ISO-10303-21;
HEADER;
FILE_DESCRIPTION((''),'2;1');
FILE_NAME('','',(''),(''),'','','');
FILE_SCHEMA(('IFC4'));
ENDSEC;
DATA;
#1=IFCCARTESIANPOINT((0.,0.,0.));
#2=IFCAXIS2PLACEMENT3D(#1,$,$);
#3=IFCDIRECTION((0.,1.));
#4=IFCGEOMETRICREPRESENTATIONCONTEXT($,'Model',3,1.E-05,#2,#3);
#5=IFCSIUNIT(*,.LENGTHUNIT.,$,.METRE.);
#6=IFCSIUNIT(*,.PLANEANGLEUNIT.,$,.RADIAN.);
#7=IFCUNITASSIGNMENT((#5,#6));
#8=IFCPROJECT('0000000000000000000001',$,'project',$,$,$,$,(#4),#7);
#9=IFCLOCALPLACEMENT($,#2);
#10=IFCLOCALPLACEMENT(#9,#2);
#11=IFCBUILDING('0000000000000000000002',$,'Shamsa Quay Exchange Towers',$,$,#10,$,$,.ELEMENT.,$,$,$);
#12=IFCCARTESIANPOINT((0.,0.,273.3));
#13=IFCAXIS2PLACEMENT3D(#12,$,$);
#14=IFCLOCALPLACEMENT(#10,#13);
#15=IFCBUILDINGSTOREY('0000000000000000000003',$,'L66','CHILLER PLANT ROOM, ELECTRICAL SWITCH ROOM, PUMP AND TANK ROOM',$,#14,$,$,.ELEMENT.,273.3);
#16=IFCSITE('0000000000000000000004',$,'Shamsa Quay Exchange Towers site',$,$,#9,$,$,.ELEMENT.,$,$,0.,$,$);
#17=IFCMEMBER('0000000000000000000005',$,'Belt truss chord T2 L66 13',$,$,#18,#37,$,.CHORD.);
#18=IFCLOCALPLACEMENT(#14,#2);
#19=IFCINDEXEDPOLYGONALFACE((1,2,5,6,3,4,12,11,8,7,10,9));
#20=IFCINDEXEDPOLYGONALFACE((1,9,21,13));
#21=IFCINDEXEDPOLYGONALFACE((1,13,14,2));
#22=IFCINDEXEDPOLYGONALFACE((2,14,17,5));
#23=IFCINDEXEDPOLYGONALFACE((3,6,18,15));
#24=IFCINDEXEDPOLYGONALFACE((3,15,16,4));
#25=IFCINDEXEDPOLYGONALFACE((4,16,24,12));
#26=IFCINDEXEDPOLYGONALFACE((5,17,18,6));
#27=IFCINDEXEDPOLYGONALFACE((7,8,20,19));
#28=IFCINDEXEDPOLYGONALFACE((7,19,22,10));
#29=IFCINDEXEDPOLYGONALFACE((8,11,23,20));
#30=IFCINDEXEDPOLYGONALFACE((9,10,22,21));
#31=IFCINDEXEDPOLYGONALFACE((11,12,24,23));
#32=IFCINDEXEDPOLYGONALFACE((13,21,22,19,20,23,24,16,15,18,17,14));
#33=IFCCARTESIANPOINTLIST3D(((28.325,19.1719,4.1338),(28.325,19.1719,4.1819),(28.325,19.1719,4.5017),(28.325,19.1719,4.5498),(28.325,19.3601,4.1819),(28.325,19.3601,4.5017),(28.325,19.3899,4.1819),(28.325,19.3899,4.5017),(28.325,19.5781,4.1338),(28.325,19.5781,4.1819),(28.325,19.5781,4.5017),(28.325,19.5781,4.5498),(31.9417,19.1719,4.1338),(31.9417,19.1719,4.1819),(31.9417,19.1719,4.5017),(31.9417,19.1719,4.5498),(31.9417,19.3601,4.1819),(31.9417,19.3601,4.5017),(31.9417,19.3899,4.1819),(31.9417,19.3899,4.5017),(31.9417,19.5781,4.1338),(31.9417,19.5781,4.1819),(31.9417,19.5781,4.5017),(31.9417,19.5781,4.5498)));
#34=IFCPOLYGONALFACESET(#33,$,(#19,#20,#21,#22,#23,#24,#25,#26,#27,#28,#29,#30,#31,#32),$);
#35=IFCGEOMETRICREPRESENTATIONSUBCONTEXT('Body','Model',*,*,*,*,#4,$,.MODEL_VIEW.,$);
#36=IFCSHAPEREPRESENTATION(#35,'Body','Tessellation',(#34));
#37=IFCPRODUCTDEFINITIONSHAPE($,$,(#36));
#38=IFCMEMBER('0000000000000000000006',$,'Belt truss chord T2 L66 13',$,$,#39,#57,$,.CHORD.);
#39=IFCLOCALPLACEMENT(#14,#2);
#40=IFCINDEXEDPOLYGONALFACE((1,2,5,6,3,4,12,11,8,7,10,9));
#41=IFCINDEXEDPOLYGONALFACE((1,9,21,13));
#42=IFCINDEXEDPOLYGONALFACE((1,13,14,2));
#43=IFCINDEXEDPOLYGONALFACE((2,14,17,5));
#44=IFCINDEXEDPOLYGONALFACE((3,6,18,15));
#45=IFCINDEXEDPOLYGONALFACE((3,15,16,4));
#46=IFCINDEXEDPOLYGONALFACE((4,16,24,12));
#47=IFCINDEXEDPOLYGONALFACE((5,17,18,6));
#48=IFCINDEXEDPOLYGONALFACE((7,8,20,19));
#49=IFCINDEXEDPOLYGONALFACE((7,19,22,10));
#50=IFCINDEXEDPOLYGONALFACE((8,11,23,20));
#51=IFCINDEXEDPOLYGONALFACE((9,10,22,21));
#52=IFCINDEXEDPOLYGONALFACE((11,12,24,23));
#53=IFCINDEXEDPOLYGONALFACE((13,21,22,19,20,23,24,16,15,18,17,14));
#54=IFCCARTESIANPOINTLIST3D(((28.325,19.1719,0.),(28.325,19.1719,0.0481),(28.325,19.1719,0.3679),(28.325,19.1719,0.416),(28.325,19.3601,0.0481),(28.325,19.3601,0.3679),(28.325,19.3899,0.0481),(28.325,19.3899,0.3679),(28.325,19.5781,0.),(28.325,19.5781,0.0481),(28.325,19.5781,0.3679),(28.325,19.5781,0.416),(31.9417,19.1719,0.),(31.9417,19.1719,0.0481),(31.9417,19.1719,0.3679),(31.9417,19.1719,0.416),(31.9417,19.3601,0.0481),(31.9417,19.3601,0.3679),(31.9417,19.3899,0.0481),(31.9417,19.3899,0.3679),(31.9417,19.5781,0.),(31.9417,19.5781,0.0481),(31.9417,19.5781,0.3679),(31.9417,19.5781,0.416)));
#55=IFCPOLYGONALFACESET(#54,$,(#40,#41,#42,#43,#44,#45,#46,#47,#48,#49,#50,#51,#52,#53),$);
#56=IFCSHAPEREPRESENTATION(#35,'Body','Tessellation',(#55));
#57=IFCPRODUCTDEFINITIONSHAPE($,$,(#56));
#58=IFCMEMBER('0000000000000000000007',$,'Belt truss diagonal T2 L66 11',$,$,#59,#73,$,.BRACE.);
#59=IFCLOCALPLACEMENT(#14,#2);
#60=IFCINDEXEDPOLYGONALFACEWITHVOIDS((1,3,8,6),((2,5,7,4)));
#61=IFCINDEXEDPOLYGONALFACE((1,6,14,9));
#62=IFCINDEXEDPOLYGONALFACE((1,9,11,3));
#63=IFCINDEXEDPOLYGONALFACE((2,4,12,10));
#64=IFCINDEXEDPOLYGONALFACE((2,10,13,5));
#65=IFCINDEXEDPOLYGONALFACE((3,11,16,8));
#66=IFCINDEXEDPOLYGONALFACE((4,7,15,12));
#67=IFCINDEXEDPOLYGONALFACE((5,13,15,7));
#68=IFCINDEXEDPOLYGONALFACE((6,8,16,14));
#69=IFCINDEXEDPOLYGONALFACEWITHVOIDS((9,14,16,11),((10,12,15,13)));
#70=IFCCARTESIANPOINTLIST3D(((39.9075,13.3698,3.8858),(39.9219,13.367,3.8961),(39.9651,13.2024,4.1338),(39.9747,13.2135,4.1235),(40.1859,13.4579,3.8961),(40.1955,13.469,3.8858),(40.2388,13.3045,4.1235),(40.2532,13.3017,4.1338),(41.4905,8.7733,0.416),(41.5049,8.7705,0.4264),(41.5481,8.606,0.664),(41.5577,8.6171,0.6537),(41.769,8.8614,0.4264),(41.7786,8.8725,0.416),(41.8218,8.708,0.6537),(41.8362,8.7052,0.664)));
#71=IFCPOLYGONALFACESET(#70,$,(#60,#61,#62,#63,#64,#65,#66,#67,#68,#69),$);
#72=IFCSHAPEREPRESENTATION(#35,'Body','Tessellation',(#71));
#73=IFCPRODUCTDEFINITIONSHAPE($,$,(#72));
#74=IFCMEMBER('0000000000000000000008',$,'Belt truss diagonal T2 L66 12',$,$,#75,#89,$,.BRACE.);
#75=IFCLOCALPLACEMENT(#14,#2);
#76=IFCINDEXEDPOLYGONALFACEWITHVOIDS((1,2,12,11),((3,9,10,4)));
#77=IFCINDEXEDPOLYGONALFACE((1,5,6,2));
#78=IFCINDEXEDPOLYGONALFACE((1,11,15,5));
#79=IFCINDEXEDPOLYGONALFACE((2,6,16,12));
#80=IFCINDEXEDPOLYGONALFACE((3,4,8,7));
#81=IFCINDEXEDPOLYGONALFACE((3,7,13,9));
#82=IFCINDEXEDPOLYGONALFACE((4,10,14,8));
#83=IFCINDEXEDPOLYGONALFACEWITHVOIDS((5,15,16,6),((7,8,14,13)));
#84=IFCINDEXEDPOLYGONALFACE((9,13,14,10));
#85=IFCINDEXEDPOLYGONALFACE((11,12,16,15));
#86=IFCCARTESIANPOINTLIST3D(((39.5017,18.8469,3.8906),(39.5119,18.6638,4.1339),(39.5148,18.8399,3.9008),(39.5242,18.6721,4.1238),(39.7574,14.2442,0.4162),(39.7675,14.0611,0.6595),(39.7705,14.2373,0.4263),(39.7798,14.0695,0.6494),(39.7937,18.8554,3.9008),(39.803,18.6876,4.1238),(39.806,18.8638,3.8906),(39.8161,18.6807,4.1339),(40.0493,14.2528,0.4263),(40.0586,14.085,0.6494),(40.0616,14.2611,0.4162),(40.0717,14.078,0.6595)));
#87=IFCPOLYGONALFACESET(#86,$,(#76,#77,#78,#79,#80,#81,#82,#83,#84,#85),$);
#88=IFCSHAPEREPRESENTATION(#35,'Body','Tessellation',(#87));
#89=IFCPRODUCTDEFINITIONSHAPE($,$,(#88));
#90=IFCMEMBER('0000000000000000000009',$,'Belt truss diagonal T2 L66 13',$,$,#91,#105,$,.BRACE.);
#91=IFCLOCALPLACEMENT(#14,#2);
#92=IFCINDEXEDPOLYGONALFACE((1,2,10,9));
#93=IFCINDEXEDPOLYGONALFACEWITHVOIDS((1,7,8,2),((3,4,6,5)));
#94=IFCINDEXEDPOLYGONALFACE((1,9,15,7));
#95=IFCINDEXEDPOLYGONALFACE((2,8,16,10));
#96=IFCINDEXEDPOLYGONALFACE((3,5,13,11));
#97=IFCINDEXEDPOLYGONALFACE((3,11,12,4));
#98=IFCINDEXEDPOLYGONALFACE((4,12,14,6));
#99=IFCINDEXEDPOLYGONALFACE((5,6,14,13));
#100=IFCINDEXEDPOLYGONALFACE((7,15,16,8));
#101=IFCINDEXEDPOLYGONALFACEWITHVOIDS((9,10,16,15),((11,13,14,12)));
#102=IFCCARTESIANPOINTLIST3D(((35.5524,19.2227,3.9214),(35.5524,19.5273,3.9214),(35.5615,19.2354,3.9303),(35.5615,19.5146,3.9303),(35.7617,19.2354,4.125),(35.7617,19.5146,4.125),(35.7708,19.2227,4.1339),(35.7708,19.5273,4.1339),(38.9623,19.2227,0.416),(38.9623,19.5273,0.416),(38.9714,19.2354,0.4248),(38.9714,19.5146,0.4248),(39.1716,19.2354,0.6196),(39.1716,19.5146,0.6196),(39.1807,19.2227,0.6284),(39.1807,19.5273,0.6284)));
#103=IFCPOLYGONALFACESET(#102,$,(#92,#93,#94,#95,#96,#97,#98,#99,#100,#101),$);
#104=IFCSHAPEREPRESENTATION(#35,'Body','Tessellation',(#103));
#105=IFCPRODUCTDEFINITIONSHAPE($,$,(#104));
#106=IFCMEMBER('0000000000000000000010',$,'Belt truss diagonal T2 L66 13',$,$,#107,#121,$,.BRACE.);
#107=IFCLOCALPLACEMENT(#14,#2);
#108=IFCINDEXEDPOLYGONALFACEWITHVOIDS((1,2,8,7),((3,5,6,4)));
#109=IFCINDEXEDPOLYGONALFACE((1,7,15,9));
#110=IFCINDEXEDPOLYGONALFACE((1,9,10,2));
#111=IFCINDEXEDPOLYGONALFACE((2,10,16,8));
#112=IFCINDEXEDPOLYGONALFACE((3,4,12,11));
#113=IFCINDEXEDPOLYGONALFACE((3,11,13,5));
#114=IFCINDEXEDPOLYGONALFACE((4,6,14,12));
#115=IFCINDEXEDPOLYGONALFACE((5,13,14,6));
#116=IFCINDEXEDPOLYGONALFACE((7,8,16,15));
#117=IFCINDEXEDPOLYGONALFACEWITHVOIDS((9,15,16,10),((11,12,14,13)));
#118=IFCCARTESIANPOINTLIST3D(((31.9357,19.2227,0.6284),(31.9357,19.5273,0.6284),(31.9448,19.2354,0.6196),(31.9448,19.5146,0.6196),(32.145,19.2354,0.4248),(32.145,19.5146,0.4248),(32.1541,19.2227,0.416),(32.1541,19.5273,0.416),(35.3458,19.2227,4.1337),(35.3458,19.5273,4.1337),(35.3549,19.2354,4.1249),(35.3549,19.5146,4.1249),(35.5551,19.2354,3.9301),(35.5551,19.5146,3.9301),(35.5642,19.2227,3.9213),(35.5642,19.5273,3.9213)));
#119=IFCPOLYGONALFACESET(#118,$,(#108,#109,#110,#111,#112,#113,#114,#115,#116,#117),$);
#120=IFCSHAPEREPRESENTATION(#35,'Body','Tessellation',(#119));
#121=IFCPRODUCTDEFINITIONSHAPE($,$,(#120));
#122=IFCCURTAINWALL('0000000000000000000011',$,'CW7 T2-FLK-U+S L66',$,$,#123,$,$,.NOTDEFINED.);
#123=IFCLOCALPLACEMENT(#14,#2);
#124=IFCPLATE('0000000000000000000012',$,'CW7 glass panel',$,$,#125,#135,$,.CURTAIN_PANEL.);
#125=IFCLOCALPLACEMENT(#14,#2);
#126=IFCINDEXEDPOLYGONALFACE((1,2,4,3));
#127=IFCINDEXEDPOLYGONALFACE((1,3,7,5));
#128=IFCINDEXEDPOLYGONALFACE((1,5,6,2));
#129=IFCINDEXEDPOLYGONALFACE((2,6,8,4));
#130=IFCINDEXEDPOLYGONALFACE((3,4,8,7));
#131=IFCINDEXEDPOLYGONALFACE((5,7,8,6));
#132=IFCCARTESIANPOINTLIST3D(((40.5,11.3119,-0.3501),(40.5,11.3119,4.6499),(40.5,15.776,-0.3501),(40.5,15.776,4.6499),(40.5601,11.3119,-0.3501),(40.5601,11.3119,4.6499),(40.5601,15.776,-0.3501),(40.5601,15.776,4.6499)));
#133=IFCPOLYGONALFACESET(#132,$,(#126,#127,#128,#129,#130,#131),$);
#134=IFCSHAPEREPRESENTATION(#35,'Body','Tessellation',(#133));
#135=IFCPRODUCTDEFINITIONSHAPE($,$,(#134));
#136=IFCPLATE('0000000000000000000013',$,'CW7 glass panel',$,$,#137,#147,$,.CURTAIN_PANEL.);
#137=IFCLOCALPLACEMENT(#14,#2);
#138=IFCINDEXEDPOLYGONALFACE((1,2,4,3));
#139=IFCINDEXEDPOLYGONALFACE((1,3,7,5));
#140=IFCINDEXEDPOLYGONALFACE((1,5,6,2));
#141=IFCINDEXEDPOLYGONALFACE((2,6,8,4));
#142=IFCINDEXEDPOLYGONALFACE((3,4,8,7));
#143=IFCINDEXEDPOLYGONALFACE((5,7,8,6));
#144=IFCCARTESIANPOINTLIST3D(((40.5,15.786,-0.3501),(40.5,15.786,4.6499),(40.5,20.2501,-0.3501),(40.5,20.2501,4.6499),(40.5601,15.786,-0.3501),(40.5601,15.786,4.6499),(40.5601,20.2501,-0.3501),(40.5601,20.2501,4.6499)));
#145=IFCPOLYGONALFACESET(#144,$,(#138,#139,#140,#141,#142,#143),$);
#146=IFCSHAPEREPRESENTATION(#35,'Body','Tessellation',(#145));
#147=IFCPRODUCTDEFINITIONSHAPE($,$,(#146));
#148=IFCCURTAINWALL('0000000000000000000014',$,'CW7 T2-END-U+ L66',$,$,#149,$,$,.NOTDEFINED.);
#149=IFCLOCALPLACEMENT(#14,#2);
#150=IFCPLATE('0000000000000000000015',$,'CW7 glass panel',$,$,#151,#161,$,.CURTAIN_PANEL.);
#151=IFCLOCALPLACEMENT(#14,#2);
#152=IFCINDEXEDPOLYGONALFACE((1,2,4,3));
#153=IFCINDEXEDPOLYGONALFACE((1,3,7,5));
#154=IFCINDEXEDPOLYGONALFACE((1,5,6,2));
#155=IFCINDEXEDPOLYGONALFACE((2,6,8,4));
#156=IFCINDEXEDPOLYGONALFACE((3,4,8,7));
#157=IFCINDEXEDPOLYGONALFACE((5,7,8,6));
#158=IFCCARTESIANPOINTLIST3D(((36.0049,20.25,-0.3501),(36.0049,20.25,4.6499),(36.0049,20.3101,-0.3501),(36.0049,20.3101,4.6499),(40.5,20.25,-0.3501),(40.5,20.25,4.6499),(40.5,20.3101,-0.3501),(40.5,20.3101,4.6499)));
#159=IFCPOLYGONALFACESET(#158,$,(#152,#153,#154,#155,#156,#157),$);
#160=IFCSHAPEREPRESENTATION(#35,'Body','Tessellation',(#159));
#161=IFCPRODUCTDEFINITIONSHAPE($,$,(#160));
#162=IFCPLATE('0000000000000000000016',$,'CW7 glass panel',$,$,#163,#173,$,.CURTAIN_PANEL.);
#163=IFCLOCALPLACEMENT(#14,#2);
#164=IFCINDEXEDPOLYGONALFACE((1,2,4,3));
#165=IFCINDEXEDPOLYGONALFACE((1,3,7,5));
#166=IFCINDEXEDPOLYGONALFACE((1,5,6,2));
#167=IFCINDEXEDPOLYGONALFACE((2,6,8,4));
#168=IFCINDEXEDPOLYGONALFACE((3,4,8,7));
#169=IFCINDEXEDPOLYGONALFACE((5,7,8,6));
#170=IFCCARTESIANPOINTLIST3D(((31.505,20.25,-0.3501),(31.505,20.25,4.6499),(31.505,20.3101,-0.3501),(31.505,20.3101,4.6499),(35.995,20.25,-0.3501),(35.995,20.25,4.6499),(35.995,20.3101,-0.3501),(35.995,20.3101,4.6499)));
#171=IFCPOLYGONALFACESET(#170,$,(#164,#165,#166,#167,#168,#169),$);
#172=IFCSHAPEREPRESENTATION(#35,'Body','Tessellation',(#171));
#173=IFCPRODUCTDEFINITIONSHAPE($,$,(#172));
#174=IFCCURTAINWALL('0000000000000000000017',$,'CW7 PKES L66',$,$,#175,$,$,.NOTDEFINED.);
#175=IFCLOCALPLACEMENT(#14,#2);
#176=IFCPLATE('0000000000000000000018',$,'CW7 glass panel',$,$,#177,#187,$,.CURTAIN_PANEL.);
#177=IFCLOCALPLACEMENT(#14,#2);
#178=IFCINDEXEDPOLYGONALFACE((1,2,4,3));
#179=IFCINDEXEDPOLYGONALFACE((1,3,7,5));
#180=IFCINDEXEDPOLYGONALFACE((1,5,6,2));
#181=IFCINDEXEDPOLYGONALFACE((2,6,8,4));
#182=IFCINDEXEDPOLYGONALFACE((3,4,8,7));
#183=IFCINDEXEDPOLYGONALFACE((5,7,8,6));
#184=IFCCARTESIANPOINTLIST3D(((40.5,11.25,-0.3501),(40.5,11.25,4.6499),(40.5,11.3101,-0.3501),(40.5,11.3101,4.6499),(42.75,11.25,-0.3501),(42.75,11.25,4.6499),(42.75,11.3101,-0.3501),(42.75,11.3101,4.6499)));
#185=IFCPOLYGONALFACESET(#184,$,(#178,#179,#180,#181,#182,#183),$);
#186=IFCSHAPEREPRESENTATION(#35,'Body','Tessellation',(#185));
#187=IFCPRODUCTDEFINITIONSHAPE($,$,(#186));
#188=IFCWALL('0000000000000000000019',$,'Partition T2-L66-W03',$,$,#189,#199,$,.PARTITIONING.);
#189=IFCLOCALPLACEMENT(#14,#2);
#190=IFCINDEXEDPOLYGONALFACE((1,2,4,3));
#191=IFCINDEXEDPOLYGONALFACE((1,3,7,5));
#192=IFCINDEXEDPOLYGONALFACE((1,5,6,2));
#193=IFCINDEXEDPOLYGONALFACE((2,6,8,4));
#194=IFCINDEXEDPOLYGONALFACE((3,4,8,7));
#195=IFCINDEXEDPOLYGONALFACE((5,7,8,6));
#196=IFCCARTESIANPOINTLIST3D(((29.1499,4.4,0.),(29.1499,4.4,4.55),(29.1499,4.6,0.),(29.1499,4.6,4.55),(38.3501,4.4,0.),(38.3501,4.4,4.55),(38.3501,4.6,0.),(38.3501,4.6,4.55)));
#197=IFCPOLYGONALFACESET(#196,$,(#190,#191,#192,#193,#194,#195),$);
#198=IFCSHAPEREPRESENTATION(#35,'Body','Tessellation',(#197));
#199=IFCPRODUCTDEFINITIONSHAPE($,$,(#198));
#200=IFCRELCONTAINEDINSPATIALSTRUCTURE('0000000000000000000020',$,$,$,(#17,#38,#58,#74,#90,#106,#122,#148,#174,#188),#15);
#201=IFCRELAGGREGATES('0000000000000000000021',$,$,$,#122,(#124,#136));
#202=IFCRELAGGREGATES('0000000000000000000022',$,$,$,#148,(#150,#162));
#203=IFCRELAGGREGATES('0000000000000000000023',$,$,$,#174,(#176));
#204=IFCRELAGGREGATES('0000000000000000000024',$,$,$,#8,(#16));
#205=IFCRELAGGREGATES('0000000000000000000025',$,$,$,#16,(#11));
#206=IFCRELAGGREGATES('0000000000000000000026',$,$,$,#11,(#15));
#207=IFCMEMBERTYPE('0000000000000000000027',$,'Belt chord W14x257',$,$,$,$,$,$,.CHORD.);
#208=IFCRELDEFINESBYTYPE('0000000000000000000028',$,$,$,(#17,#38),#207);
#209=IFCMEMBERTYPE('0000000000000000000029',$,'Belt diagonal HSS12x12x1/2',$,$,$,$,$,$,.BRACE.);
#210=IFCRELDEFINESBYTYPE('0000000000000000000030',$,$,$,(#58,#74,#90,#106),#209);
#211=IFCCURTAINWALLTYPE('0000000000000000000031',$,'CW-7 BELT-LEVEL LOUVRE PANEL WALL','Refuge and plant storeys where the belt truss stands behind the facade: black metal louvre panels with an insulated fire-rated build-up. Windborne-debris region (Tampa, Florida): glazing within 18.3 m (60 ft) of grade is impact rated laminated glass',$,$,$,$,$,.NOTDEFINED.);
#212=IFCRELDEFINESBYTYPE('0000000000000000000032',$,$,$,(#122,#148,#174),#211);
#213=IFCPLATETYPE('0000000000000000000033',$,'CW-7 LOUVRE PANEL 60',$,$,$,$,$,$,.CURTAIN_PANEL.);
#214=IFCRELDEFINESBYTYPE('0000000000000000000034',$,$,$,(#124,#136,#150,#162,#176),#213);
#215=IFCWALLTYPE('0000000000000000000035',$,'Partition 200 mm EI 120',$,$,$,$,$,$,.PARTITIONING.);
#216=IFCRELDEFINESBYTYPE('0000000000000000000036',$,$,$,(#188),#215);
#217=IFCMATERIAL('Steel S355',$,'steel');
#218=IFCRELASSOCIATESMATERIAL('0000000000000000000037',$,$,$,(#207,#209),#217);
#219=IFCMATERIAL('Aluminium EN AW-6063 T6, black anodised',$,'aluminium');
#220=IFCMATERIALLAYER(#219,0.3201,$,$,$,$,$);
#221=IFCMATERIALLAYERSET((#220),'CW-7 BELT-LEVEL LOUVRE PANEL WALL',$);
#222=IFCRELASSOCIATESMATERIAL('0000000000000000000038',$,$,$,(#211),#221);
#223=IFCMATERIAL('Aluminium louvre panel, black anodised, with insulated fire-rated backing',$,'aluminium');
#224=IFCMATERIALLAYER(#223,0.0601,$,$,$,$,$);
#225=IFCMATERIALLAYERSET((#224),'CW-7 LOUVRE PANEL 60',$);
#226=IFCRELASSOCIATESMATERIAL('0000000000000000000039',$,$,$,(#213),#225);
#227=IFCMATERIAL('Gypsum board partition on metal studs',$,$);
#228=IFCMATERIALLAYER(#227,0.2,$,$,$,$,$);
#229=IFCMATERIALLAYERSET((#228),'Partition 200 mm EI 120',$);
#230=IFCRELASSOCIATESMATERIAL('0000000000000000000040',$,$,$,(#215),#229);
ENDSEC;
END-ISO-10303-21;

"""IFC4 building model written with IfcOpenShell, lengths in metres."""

from ifc_helpers import new_model, si_unit, direction, frame, frame_2d, origin, origin_2d, place, context, subcontext, project, spatial, rectangle, hollow_rectangle, i_section, extrude, material, layer, layer_set, material_profile, profile_set, type_object, element, aggregate, save


model = new_model("IFC4")

# Units and contexts
model_context = context("Model", 3, precision=1e-05, world=origin(), true_north=direction((0.0, 1.0)))
body_context = subcontext(model_context, "Body", "Model", "MODEL_VIEW")
ifc_project = project(units=[si_unit("LENGTHUNIT", "METRE"), si_unit("PLANEANGLEUNIT", "RADIAN")], contexts=[model_context])

# Site, building, storey
site_placement = place(None, origin())
site = spatial("IfcSite", under=ifc_project, at=site_placement, Name="Shamsa Quay Exchange Towers site", CompositionType="ELEMENT", RefElevation=0.0)
building_placement = place(site_placement, origin())
building = spatial("IfcBuilding", under=site, at=building_placement, Name="Shamsa Quay Exchange Towers", CompositionType="ELEMENT")
storey_placement = place(building_placement, frame((0.0, 0.0, 273.3)))
storey = spatial("IfcBuildingStorey", under=building, at=storey_placement, Name="L66", Description="CHILLER PLANT ROOM, ELECTRICAL SWITCH ROOM, PUMP AND TANK ROOM", CompositionType="ELEMENT", Elevation=273.3)

# Members
ifc_material_1 = material(Name="Steel S355", Category="steel")
ifc_material_profile_1 = material_profile(ifc_material_1, i_section(OverallWidth=0.4062, OverallDepth=0.416, WebThickness=0.0298, FlangeThickness=0.0481, at=origin_2d()), Name="W14x257")
ifc_profile_set_1 = profile_set([ifc_material_profile_1], Name="Steel S355")
member_type_1 = type_object("IfcMemberType", Name="Belt chord W14x257", PredefinedType="CHORD", material=ifc_profile_set_1)
for number, where, z_axis, x_axis, name in (
    (1, (31.9417, 19.375, 4.3418), (-1.0, 0.0, 0.0), (0.0, -1.0, 0.0), "Belt truss chord T2 L66 13"),
    (2, (31.9417, 19.375, 0.208), (-1.0, 0.0, 0.0), (0.0, -1.0, 0.0), "Belt truss chord T2 L66 13"),
):
    element("IfcMember", number, at=place(storey_placement, frame(where, z_axis=z_axis, x_axis=x_axis)), inside=storey, type_object=member_type_1, Name=name, PredefinedType="CHORD", context=body_context, shape_type="SweptSolid", body=[
        extrude(i_section(OverallWidth=0.4062, OverallDepth=0.416, WebThickness=0.0298, FlangeThickness=0.0481, at=origin_2d()), origin(), (0.0, 0.0, 1.0), 3.6167),
    ])
ifc_material_profile_2 = material_profile(ifc_material_1, hollow_rectangle(XDim=0.3047, YDim=0.3047, WallThickness=0.0127, at=origin_2d()), Name="HSS12x12x1/2")
ifc_profile_set_2 = profile_set([ifc_material_profile_2], Name="Steel S355")
member_type_2 = type_object("IfcMemberType", Name="Belt diagonal HSS12x12x1/2", PredefinedType="BRACE", material=ifc_profile_set_2)
member_1_placement = place(storey_placement, frame((41.6633, 8.7393, 0.54), z_axis=(-0.265044, 0.769585, 0.580939), x_axis=(-0.945498, -0.325628, 0.0)))
element("IfcMember", 3, at=member_1_placement, inside=storey, type_object=member_type_2, Name="Belt truss diagonal T2 L66 11", PredefinedType="BRACE", context=body_context, shape_type="SweptSolid", body=[
    extrude(hollow_rectangle(XDim=0.3047, YDim=0.3047, WallThickness=0.0127, at=origin_2d()), origin(), (0.0, 0.0, 1.0), 5.9727),
])
member_2_placement = place(storey_placement, frame((39.9146, 14.1611, 0.5378), z_axis=(-0.044283, 0.797344, 0.601899), x_axis=(-0.998461, -0.055452, 0.0)))
element("IfcMember", 4, at=member_2_placement, inside=storey, type_object=member_type_2, Name="Belt truss diagonal T2 L66 12", PredefinedType="BRACE", context=body_context, shape_type="SweptSolid", body=[
    extrude(hollow_rectangle(XDim=0.3047, YDim=0.3047, WallThickness=0.0127, at=origin_2d()), origin(), (0.0, 0.0, 1.0), 5.7725),
])
for number, where, z_axis, x_axis, name in (
    (5, (39.0715, 19.375, 0.5222), (-0.697279, 0.0, 0.716799), (0.0, -1.0, 0.0), "Belt truss diagonal T2 L66 13"),
    (6, (32.0449, 19.375, 0.5222), (0.697305, 0.0, 0.716774), (0.0, 1.0, 0.0), "Belt truss diagonal T2 L66 13"),
):
    element("IfcMember", number, at=place(storey_placement, frame(where, z_axis=z_axis, x_axis=x_axis)), inside=storey, type_object=member_type_2, Name=name, PredefinedType="BRACE", context=body_context, shape_type="SweptSolid", body=[
        extrude(hollow_rectangle(XDim=0.3047, YDim=0.3047, WallThickness=0.0127, at=origin_2d()), origin(), (0.0, 0.0, 1.0), 4.8904),
    ])

# Curtain walls, plates
ifc_material_2 = material(Name="Aluminium EN AW-6063 T6, black anodised", Category="aluminium")
ifc_layer_1 = layer(ifc_material_2, 0.3201)
ifc_layer_set_1 = layer_set([ifc_layer_1], Name="CW-7 BELT-LEVEL LOUVRE PANEL WALL")
curtain_wall_type = type_object("IfcCurtainWallType", Name="CW-7 BELT-LEVEL LOUVRE PANEL WALL", Description="Refuge and plant storeys where the belt truss stands behind the facade: black metal louvre panels with an insulated fire-rated build-up. Windborne-debris region (Tampa, Florida): glazing within 18.3 m (60 ft) of grade is impact rated laminated glass", PredefinedType="NOTDEFINED", material=ifc_layer_set_1)
curtain_wall_1_placement = place(storey_placement, origin())
curtain_wall_1 = element("IfcCurtainWall", 7, at=curtain_wall_1_placement, inside=storey, type_object=curtain_wall_type, Name="CW7 T2-FLK-U+S L66", PredefinedType="NOTDEFINED")
ifc_material_3 = material(Name="Aluminium louvre panel, black anodised, with insulated fire-rated backing", Category="aluminium")
ifc_layer_2 = layer(ifc_material_3, 0.0601)
ifc_layer_set_2 = layer_set([ifc_layer_2], Name="CW-7 LOUVRE PANEL 60")
plate_type = type_object("IfcPlateType", Name="CW-7 LOUVRE PANEL 60", PredefinedType="CURTAIN_PANEL", material=ifc_layer_set_2)
plate_1_placement = place(storey_placement, frame((40.53, 13.5439, -0.3501), z_axis=(0.0, 0.0, 1.0), x_axis=(0.0, 1.0, 0.0)))
plate_1 = element("IfcPlate", 8, at=plate_1_placement, type_object=plate_type, Name="CW7 glass panel", PredefinedType="CURTAIN_PANEL", context=body_context, shape_type="SweptSolid", body=[
    extrude(rectangle(XDim=4.4641, YDim=0.0601, at=origin_2d()), origin(), (0.0, 0.0, 1.0), 5.0),
])
plate_2_placement = place(storey_placement, frame((40.53, 18.0181, -0.3501), z_axis=(0.0, 0.0, 1.0), x_axis=(0.0, 1.0, 0.0)))
plate_2 = element("IfcPlate", 9, at=plate_2_placement, type_object=plate_type, Name="CW7 glass panel", PredefinedType="CURTAIN_PANEL", context=body_context, shape_type="SweptSolid", body=[
    extrude(rectangle(XDim=4.4641, YDim=0.0601, at=origin_2d()), origin(), (0.0, 0.0, 1.0), 5.0),
])
aggregate(curtain_wall_1, [plate_1, plate_2])
curtain_wall_2_placement = place(storey_placement, origin())
curtain_wall_2 = element("IfcCurtainWall", 10, at=curtain_wall_2_placement, inside=storey, type_object=curtain_wall_type, Name="CW7 T2-END-U+ L66", PredefinedType="NOTDEFINED")
plate_3_placement = place(storey_placement, frame((38.2524, 20.28, -0.3501), z_axis=(0.0, 0.0, 1.0), x_axis=(-1.0, 0.0, 0.0)))
plate_3 = element("IfcPlate", 11, at=plate_3_placement, type_object=plate_type, Name="CW7 glass panel", PredefinedType="CURTAIN_PANEL", context=body_context, shape_type="SweptSolid", body=[
    extrude(rectangle(XDim=4.4951, YDim=0.0601, at=origin_2d()), origin(), (0.0, 0.0, 1.0), 5.0),
])
plate_4_placement = place(storey_placement, frame((33.75, 20.28, -0.3501), z_axis=(0.0, 0.0, 1.0), x_axis=(-1.0, 0.0, 0.0)))
plate_4 = element("IfcPlate", 12, at=plate_4_placement, type_object=plate_type, Name="CW7 glass panel", PredefinedType="CURTAIN_PANEL", context=body_context, shape_type="SweptSolid", body=[
    extrude(rectangle(XDim=4.49, YDim=0.0601, at=origin_2d()), origin(), (0.0, 0.0, 1.0), 5.0),
])
aggregate(curtain_wall_2, [plate_3, plate_4])

# Curtain wall, plate
curtain_wall_3_placement = place(storey_placement, origin())
curtain_wall_3 = element("IfcCurtainWall", 13, at=curtain_wall_3_placement, inside=storey, type_object=curtain_wall_type, Name="CW7 PKES L66", PredefinedType="NOTDEFINED")
plate_5_placement = place(storey_placement, frame((41.625, 11.28, -0.3501), z_axis=(0.0, 0.0, 1.0), x_axis=(-1.0, 0.0, 0.0)))
plate_5 = element("IfcPlate", 14, at=plate_5_placement, type_object=plate_type, Name="CW7 glass panel", PredefinedType="CURTAIN_PANEL", context=body_context, shape_type="SweptSolid", body=[
    extrude(rectangle(XDim=2.25, YDim=0.0601, at=origin_2d()), origin(), (0.0, 0.0, 1.0), 5.0),
])
aggregate(curtain_wall_3, [plate_5])

# Wall
ifc_material_4 = material(Name="Gypsum board partition on metal studs")
ifc_layer_3 = layer(ifc_material_4, 0.2)
ifc_layer_set_3 = layer_set([ifc_layer_3], Name="Partition 200 mm EI 120")
wall_type_1 = type_object("IfcWallType", Name="Partition 200 mm EI 120", PredefinedType="PARTITIONING", material=ifc_layer_set_3)
wall_1_placement = place(storey_placement, frame((38.3501, 4.5, 0.0), z_axis=(0.0, 0.0, 1.0), x_axis=(-1.0, 0.0, 0.0)))
element("IfcWall", 15, at=wall_1_placement, inside=storey, type_object=wall_type_1, Name="Partition T2-L66-W03", PredefinedType="PARTITIONING", context=body_context, shape_type="SweptSolid", body=[
    extrude(rectangle(XDim=9.2002, YDim=0.2, at=frame_2d((4.6001, 0.0))), origin(), (0.0, 0.0, 1.0), 4.55),
])

save(model, "model.ifc")
